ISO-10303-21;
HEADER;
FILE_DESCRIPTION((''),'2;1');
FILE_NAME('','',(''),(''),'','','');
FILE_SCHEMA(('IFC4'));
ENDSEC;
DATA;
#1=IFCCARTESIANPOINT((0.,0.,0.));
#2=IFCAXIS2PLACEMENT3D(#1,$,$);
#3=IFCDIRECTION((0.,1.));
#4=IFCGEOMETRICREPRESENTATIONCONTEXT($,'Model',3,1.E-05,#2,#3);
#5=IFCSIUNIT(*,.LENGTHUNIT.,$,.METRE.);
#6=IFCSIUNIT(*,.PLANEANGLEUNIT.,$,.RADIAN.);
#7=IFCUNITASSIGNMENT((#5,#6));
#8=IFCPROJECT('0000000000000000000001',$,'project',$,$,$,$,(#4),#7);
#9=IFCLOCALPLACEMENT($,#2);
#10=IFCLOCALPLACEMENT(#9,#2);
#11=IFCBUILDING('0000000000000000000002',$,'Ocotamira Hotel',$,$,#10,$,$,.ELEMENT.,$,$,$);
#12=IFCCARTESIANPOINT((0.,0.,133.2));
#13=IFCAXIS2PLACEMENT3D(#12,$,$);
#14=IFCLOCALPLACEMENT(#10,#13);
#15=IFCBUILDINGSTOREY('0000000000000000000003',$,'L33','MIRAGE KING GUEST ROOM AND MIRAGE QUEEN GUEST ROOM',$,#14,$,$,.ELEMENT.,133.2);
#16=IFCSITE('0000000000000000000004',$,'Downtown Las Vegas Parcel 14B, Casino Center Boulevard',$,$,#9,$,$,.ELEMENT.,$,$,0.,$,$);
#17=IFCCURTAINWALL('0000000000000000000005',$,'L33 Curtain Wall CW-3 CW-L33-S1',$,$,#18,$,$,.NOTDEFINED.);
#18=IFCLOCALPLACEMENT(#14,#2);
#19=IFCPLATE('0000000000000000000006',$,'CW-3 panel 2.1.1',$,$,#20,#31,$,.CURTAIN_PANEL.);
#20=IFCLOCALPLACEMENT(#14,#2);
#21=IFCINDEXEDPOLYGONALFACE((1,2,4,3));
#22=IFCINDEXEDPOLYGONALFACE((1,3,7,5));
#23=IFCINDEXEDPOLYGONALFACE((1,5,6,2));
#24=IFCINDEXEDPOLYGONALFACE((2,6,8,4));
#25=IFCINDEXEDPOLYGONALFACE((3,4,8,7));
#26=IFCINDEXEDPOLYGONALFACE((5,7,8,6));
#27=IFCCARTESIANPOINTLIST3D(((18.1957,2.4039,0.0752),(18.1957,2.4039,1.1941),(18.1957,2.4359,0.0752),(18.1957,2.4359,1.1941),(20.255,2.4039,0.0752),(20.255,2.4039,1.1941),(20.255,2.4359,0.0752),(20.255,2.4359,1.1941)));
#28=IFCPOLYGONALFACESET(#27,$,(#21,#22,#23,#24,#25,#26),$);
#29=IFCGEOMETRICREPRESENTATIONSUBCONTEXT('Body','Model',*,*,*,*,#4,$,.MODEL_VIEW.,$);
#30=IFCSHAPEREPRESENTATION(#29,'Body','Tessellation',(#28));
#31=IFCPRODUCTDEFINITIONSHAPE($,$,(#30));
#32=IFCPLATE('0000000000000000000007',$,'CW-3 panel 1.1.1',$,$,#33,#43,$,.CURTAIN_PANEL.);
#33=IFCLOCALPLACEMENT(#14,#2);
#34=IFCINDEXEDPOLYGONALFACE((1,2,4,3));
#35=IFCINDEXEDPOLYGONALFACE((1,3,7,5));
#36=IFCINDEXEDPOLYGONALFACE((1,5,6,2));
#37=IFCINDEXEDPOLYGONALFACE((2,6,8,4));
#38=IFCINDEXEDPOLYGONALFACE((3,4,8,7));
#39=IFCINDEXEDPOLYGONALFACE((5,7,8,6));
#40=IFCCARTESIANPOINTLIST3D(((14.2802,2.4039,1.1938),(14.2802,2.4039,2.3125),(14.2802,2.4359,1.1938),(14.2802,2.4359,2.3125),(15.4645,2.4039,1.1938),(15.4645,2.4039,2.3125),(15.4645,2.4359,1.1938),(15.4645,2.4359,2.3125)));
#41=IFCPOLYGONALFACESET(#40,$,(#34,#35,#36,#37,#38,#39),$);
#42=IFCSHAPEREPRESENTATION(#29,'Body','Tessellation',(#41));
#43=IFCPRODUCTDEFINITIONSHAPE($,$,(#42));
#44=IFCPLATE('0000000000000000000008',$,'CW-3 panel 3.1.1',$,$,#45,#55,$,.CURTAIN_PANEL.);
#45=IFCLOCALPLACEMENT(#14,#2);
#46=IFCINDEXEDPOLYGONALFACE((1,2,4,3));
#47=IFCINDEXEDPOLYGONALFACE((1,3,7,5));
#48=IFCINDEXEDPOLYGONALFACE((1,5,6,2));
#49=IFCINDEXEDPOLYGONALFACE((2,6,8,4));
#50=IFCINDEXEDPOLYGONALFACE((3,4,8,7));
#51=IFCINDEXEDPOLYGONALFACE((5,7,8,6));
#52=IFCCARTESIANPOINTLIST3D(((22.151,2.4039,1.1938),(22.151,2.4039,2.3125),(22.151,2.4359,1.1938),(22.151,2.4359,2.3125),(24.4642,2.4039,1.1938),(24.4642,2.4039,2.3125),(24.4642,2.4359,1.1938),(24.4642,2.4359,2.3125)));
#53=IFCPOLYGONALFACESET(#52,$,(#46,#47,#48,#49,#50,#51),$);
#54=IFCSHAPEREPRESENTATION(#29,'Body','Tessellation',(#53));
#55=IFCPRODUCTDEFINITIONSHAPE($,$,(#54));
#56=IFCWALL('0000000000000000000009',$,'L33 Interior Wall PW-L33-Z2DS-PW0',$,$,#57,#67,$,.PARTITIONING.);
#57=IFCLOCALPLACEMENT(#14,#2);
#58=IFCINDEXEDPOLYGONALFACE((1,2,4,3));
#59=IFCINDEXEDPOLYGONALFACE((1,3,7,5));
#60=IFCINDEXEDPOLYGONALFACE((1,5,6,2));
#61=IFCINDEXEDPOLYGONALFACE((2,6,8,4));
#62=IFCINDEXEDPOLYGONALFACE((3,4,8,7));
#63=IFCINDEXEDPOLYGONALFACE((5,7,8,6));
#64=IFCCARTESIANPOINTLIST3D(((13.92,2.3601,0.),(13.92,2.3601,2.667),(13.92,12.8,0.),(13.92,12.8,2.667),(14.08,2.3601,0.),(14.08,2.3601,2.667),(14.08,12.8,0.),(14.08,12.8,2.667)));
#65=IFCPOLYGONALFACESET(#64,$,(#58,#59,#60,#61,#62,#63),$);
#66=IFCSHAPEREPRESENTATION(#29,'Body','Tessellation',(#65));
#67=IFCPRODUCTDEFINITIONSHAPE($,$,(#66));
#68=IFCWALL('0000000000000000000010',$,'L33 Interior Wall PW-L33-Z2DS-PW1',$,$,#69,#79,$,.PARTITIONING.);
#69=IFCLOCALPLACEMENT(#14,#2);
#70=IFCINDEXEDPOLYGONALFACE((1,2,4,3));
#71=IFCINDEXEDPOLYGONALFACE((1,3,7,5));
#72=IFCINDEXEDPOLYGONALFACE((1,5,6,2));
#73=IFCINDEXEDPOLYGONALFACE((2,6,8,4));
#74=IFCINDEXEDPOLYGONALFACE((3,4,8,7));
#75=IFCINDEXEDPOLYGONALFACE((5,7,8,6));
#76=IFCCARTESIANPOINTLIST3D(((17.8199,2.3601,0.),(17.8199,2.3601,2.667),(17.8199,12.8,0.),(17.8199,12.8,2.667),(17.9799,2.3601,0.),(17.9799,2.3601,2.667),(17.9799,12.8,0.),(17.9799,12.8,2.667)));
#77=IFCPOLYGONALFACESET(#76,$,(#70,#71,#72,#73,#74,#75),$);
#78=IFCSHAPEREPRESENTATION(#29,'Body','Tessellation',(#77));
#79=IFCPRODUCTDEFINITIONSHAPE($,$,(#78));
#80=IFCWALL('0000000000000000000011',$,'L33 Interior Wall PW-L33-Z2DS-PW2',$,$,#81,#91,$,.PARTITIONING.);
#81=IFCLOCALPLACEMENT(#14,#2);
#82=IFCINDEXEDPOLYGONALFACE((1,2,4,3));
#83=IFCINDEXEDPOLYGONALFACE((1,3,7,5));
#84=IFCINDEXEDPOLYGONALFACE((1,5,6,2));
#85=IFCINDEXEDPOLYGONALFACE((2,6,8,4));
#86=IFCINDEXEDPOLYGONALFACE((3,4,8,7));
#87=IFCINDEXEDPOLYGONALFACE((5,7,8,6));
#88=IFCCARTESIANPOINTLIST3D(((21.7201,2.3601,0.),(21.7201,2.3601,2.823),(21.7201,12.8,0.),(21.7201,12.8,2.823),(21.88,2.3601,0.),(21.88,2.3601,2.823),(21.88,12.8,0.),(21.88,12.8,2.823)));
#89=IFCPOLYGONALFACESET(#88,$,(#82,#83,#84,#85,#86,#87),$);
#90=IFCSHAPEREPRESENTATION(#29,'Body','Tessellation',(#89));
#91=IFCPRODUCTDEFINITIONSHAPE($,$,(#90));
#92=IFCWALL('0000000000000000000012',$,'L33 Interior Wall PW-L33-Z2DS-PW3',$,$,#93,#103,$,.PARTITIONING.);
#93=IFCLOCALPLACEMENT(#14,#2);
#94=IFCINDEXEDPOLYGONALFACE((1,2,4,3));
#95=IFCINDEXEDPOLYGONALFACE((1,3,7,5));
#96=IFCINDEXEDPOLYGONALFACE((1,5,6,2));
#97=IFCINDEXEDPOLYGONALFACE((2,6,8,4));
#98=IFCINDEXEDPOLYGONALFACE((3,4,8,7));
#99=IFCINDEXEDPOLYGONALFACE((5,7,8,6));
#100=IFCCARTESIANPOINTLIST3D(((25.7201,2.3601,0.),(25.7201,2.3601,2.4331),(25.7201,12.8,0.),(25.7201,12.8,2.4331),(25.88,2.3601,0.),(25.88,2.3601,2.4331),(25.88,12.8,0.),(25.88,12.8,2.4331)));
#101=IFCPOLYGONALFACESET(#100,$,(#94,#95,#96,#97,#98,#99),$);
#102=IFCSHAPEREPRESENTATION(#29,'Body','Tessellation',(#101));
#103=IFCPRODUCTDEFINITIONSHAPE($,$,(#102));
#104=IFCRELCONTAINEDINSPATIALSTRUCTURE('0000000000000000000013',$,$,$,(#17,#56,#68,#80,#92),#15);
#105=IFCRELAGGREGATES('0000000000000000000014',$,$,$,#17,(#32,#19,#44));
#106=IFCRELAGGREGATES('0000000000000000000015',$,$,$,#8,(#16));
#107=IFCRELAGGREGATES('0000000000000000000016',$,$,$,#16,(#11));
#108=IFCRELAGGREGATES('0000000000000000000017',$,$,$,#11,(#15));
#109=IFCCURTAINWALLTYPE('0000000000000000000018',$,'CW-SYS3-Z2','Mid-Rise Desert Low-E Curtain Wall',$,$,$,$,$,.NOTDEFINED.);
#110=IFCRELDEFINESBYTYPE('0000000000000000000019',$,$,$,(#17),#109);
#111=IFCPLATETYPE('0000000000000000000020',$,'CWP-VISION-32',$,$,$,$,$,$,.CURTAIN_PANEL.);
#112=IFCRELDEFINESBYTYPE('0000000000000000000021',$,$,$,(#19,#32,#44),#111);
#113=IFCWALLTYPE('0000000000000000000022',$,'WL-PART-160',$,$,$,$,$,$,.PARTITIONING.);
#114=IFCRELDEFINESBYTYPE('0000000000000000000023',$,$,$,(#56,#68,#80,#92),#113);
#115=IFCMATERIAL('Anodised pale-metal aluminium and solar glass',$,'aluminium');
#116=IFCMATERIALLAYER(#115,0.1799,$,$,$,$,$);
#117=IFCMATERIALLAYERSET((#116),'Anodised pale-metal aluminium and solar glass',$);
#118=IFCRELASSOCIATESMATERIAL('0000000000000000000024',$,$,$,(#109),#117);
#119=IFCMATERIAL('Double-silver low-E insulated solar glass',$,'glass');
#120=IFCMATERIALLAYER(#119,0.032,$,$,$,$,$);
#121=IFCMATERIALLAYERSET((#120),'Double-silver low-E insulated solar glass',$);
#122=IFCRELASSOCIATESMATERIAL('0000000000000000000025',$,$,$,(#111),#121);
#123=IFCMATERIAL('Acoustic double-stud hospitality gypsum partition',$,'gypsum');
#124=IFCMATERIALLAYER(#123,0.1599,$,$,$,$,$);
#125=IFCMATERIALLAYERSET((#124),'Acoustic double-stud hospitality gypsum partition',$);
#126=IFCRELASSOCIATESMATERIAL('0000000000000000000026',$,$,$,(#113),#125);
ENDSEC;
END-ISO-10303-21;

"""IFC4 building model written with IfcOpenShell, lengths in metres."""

from ifc_helpers import new_model, si_unit, direction, frame, frame_2d, origin, origin_2d, place, context, subcontext, project, spatial, rectangle, extrude, source, transform, mapped, material, layer, layer_set, type_object, element, aggregate, save


model = new_model("IFC4")

# Units and contexts
model_context = context("Model", 3, precision=1e-05, world=origin(), true_north=direction((0.0, 1.0)))
body_context = subcontext(model_context, "Body", "Model", "MODEL_VIEW")
ifc_project = project(units=[si_unit("LENGTHUNIT", "METRE"), si_unit("PLANEANGLEUNIT", "RADIAN")], contexts=[model_context])

# Site, building, storey
site_placement = place(None, origin())
site = spatial("IfcSite", under=ifc_project, at=site_placement, Name="Downtown Las Vegas Parcel 14B, Casino Center Boulevard", CompositionType="ELEMENT", RefElevation=0.0)
building_placement = place(site_placement, origin())
building = spatial("IfcBuilding", under=site, at=building_placement, Name="Ocotamira Hotel", CompositionType="ELEMENT")
storey_placement = place(building_placement, frame((0.0, 0.0, 133.2)))
storey = spatial("IfcBuildingStorey", under=building, at=storey_placement, Name="L33", Description="MIRAGE KING GUEST ROOM AND MIRAGE QUEEN GUEST ROOM", CompositionType="ELEMENT", Elevation=133.2)

# Curtain wall
ifc_material_1 = material(Name="Anodised pale-metal aluminium and solar glass", Category="aluminium")
ifc_layer_1 = layer(ifc_material_1, 0.1799)
ifc_layer_set_1 = layer_set([ifc_layer_1], Name="Anodised pale-metal aluminium and solar glass")
curtain_wall_type = type_object("IfcCurtainWallType", Name="CW-SYS3-Z2", Description="Mid-Rise Desert Low-E Curtain Wall", PredefinedType="NOTDEFINED", material=ifc_layer_set_1)
curtain_wall_placement = place(storey_placement, origin())
curtain_wall = element("IfcCurtainWall", 1, at=curtain_wall_placement, inside=storey, type_object=curtain_wall_type, Name="L33 Curtain Wall CW-3 CW-L33-S1", PredefinedType="NOTDEFINED")

# Plates
ifc_material_2 = material(Name="Double-silver low-E insulated solar glass", Category="glass")
ifc_layer_2 = layer(ifc_material_2, 0.032)
ifc_layer_set_2 = layer_set([ifc_layer_2], Name="Double-silver low-E insulated solar glass")
plate_type_1 = type_object("IfcPlateType", Name="CWP-VISION-32", PredefinedType="CURTAIN_PANEL", material=ifc_layer_set_2)
shared_shape_1 = source(origin(), body_context, "Body", "SweptSolid", [
    extrude(rectangle(XDim=2.0593, YDim=0.032, at=origin_2d()), origin(), (0.0, 0.0, 1.0), 1.1189),
])
plate_1_placement = place(storey_placement, frame((19.2253, 2.4199, 0.0752), z_axis=(0.0, 0.0, 1.0), x_axis=(1.0, 0.0, 0.0)))
plate_1 = element("IfcPlate", 2, at=plate_1_placement, type_object=plate_type_1, Name="CW-3 panel 2.1.1", PredefinedType="CURTAIN_PANEL", context=body_context, shape_type="MappedRepresentation", body=[
    mapped(shared_shape_1, transform((0.0, 0.0, 0.0), scale=1.0)),
])
shared_shape_2 = source(origin(), body_context, "Body", "SweptSolid", [
    extrude(rectangle(XDim=1.1843, YDim=0.032, at=origin_2d()), origin(), (0.0, 0.0, 1.0), 1.1187),
])
plate_2_placement = place(storey_placement, frame((14.8723, 2.4199, 1.1938), z_axis=(0.0, 0.0, 1.0), x_axis=(1.0, 0.0, 0.0)))
plate_2 = element("IfcPlate", 3, at=plate_2_placement, type_object=plate_type_1, Name="CW-3 panel 1.1.1", PredefinedType="CURTAIN_PANEL", context=body_context, shape_type="MappedRepresentation", body=[
    mapped(shared_shape_2, transform((0.0, 0.0, 0.0), scale=1.0)),
])
shared_shape_3 = source(origin(), body_context, "Body", "SweptSolid", [
    extrude(rectangle(XDim=2.3132, YDim=0.032, at=origin_2d()), origin(), (0.0, 0.0, 1.0), 1.1187),
])
plate_3_placement = place(storey_placement, frame((23.3076, 2.4199, 1.1938), z_axis=(0.0, 0.0, 1.0), x_axis=(1.0, 0.0, 0.0)))
plate_3 = element("IfcPlate", 4, at=plate_3_placement, type_object=plate_type_1, Name="CW-3 panel 3.1.1", PredefinedType="CURTAIN_PANEL", context=body_context, shape_type="MappedRepresentation", body=[
    mapped(shared_shape_3, transform((0.0, 0.0, 0.0), scale=1.0)),
])
aggregate(curtain_wall, [plate_2, plate_1, plate_3])

# Walls
ifc_material_3 = material(Name="Acoustic double-stud hospitality gypsum partition", Category="gypsum")
ifc_layer_3 = layer(ifc_material_3, 0.1599)
ifc_layer_set_3 = layer_set([ifc_layer_3], Name="Acoustic double-stud hospitality gypsum partition")
wall_type = type_object("IfcWallType", Name="WL-PART-160", PredefinedType="PARTITIONING", material=ifc_layer_set_3)
for number, where, z_axis, x_axis, name in (
    (5, (14.0, 2.3601, 0.0), (0.0, 0.0, 1.0), (0.0, 1.0, 0.0), "L33 Interior Wall PW-L33-Z2DS-PW0"),
    (6, (17.8999, 2.3601, 0.0), (0.0, 0.0, 1.0), (0.0, 1.0, 0.0), "L33 Interior Wall PW-L33-Z2DS-PW1"),
):
    element("IfcWall", number, at=place(storey_placement, frame(where, z_axis=z_axis, x_axis=x_axis)), inside=storey, type_object=wall_type, Name=name, PredefinedType="PARTITIONING", context=body_context, shape_type="SweptSolid", body=[
        extrude(rectangle(XDim=10.4399, YDim=0.1599, at=frame_2d((5.22, 0.0))), origin(), (0.0, 0.0, 1.0), 2.667),
    ])
wall_1_placement = place(storey_placement, frame((21.8, 2.3601, 0.0), z_axis=(0.0, 0.0, 1.0), x_axis=(0.0, 1.0, 0.0)))
element("IfcWall", 7, at=wall_1_placement, inside=storey, type_object=wall_type, Name="L33 Interior Wall PW-L33-Z2DS-PW2", PredefinedType="PARTITIONING", context=body_context, shape_type="SweptSolid", body=[
    extrude(rectangle(XDim=10.4399, YDim=0.1599, at=frame_2d((5.22, 0.0))), origin(), (0.0, 0.0, 1.0), 2.823),
])
wall_2_placement = place(storey_placement, frame((25.8, 2.3601, 0.0), z_axis=(0.0, 0.0, 1.0), x_axis=(0.0, 1.0, 0.0)))
element("IfcWall", 8, at=wall_2_placement, inside=storey, type_object=wall_type, Name="L33 Interior Wall PW-L33-Z2DS-PW3", PredefinedType="PARTITIONING", context=body_context, shape_type="SweptSolid", body=[
    extrude(rectangle(XDim=10.4399, YDim=0.1599, at=frame_2d((5.22, 0.0))), origin(), (0.0, 0.0, 1.0), 2.4331),
])

save(model, "model.ifc")
